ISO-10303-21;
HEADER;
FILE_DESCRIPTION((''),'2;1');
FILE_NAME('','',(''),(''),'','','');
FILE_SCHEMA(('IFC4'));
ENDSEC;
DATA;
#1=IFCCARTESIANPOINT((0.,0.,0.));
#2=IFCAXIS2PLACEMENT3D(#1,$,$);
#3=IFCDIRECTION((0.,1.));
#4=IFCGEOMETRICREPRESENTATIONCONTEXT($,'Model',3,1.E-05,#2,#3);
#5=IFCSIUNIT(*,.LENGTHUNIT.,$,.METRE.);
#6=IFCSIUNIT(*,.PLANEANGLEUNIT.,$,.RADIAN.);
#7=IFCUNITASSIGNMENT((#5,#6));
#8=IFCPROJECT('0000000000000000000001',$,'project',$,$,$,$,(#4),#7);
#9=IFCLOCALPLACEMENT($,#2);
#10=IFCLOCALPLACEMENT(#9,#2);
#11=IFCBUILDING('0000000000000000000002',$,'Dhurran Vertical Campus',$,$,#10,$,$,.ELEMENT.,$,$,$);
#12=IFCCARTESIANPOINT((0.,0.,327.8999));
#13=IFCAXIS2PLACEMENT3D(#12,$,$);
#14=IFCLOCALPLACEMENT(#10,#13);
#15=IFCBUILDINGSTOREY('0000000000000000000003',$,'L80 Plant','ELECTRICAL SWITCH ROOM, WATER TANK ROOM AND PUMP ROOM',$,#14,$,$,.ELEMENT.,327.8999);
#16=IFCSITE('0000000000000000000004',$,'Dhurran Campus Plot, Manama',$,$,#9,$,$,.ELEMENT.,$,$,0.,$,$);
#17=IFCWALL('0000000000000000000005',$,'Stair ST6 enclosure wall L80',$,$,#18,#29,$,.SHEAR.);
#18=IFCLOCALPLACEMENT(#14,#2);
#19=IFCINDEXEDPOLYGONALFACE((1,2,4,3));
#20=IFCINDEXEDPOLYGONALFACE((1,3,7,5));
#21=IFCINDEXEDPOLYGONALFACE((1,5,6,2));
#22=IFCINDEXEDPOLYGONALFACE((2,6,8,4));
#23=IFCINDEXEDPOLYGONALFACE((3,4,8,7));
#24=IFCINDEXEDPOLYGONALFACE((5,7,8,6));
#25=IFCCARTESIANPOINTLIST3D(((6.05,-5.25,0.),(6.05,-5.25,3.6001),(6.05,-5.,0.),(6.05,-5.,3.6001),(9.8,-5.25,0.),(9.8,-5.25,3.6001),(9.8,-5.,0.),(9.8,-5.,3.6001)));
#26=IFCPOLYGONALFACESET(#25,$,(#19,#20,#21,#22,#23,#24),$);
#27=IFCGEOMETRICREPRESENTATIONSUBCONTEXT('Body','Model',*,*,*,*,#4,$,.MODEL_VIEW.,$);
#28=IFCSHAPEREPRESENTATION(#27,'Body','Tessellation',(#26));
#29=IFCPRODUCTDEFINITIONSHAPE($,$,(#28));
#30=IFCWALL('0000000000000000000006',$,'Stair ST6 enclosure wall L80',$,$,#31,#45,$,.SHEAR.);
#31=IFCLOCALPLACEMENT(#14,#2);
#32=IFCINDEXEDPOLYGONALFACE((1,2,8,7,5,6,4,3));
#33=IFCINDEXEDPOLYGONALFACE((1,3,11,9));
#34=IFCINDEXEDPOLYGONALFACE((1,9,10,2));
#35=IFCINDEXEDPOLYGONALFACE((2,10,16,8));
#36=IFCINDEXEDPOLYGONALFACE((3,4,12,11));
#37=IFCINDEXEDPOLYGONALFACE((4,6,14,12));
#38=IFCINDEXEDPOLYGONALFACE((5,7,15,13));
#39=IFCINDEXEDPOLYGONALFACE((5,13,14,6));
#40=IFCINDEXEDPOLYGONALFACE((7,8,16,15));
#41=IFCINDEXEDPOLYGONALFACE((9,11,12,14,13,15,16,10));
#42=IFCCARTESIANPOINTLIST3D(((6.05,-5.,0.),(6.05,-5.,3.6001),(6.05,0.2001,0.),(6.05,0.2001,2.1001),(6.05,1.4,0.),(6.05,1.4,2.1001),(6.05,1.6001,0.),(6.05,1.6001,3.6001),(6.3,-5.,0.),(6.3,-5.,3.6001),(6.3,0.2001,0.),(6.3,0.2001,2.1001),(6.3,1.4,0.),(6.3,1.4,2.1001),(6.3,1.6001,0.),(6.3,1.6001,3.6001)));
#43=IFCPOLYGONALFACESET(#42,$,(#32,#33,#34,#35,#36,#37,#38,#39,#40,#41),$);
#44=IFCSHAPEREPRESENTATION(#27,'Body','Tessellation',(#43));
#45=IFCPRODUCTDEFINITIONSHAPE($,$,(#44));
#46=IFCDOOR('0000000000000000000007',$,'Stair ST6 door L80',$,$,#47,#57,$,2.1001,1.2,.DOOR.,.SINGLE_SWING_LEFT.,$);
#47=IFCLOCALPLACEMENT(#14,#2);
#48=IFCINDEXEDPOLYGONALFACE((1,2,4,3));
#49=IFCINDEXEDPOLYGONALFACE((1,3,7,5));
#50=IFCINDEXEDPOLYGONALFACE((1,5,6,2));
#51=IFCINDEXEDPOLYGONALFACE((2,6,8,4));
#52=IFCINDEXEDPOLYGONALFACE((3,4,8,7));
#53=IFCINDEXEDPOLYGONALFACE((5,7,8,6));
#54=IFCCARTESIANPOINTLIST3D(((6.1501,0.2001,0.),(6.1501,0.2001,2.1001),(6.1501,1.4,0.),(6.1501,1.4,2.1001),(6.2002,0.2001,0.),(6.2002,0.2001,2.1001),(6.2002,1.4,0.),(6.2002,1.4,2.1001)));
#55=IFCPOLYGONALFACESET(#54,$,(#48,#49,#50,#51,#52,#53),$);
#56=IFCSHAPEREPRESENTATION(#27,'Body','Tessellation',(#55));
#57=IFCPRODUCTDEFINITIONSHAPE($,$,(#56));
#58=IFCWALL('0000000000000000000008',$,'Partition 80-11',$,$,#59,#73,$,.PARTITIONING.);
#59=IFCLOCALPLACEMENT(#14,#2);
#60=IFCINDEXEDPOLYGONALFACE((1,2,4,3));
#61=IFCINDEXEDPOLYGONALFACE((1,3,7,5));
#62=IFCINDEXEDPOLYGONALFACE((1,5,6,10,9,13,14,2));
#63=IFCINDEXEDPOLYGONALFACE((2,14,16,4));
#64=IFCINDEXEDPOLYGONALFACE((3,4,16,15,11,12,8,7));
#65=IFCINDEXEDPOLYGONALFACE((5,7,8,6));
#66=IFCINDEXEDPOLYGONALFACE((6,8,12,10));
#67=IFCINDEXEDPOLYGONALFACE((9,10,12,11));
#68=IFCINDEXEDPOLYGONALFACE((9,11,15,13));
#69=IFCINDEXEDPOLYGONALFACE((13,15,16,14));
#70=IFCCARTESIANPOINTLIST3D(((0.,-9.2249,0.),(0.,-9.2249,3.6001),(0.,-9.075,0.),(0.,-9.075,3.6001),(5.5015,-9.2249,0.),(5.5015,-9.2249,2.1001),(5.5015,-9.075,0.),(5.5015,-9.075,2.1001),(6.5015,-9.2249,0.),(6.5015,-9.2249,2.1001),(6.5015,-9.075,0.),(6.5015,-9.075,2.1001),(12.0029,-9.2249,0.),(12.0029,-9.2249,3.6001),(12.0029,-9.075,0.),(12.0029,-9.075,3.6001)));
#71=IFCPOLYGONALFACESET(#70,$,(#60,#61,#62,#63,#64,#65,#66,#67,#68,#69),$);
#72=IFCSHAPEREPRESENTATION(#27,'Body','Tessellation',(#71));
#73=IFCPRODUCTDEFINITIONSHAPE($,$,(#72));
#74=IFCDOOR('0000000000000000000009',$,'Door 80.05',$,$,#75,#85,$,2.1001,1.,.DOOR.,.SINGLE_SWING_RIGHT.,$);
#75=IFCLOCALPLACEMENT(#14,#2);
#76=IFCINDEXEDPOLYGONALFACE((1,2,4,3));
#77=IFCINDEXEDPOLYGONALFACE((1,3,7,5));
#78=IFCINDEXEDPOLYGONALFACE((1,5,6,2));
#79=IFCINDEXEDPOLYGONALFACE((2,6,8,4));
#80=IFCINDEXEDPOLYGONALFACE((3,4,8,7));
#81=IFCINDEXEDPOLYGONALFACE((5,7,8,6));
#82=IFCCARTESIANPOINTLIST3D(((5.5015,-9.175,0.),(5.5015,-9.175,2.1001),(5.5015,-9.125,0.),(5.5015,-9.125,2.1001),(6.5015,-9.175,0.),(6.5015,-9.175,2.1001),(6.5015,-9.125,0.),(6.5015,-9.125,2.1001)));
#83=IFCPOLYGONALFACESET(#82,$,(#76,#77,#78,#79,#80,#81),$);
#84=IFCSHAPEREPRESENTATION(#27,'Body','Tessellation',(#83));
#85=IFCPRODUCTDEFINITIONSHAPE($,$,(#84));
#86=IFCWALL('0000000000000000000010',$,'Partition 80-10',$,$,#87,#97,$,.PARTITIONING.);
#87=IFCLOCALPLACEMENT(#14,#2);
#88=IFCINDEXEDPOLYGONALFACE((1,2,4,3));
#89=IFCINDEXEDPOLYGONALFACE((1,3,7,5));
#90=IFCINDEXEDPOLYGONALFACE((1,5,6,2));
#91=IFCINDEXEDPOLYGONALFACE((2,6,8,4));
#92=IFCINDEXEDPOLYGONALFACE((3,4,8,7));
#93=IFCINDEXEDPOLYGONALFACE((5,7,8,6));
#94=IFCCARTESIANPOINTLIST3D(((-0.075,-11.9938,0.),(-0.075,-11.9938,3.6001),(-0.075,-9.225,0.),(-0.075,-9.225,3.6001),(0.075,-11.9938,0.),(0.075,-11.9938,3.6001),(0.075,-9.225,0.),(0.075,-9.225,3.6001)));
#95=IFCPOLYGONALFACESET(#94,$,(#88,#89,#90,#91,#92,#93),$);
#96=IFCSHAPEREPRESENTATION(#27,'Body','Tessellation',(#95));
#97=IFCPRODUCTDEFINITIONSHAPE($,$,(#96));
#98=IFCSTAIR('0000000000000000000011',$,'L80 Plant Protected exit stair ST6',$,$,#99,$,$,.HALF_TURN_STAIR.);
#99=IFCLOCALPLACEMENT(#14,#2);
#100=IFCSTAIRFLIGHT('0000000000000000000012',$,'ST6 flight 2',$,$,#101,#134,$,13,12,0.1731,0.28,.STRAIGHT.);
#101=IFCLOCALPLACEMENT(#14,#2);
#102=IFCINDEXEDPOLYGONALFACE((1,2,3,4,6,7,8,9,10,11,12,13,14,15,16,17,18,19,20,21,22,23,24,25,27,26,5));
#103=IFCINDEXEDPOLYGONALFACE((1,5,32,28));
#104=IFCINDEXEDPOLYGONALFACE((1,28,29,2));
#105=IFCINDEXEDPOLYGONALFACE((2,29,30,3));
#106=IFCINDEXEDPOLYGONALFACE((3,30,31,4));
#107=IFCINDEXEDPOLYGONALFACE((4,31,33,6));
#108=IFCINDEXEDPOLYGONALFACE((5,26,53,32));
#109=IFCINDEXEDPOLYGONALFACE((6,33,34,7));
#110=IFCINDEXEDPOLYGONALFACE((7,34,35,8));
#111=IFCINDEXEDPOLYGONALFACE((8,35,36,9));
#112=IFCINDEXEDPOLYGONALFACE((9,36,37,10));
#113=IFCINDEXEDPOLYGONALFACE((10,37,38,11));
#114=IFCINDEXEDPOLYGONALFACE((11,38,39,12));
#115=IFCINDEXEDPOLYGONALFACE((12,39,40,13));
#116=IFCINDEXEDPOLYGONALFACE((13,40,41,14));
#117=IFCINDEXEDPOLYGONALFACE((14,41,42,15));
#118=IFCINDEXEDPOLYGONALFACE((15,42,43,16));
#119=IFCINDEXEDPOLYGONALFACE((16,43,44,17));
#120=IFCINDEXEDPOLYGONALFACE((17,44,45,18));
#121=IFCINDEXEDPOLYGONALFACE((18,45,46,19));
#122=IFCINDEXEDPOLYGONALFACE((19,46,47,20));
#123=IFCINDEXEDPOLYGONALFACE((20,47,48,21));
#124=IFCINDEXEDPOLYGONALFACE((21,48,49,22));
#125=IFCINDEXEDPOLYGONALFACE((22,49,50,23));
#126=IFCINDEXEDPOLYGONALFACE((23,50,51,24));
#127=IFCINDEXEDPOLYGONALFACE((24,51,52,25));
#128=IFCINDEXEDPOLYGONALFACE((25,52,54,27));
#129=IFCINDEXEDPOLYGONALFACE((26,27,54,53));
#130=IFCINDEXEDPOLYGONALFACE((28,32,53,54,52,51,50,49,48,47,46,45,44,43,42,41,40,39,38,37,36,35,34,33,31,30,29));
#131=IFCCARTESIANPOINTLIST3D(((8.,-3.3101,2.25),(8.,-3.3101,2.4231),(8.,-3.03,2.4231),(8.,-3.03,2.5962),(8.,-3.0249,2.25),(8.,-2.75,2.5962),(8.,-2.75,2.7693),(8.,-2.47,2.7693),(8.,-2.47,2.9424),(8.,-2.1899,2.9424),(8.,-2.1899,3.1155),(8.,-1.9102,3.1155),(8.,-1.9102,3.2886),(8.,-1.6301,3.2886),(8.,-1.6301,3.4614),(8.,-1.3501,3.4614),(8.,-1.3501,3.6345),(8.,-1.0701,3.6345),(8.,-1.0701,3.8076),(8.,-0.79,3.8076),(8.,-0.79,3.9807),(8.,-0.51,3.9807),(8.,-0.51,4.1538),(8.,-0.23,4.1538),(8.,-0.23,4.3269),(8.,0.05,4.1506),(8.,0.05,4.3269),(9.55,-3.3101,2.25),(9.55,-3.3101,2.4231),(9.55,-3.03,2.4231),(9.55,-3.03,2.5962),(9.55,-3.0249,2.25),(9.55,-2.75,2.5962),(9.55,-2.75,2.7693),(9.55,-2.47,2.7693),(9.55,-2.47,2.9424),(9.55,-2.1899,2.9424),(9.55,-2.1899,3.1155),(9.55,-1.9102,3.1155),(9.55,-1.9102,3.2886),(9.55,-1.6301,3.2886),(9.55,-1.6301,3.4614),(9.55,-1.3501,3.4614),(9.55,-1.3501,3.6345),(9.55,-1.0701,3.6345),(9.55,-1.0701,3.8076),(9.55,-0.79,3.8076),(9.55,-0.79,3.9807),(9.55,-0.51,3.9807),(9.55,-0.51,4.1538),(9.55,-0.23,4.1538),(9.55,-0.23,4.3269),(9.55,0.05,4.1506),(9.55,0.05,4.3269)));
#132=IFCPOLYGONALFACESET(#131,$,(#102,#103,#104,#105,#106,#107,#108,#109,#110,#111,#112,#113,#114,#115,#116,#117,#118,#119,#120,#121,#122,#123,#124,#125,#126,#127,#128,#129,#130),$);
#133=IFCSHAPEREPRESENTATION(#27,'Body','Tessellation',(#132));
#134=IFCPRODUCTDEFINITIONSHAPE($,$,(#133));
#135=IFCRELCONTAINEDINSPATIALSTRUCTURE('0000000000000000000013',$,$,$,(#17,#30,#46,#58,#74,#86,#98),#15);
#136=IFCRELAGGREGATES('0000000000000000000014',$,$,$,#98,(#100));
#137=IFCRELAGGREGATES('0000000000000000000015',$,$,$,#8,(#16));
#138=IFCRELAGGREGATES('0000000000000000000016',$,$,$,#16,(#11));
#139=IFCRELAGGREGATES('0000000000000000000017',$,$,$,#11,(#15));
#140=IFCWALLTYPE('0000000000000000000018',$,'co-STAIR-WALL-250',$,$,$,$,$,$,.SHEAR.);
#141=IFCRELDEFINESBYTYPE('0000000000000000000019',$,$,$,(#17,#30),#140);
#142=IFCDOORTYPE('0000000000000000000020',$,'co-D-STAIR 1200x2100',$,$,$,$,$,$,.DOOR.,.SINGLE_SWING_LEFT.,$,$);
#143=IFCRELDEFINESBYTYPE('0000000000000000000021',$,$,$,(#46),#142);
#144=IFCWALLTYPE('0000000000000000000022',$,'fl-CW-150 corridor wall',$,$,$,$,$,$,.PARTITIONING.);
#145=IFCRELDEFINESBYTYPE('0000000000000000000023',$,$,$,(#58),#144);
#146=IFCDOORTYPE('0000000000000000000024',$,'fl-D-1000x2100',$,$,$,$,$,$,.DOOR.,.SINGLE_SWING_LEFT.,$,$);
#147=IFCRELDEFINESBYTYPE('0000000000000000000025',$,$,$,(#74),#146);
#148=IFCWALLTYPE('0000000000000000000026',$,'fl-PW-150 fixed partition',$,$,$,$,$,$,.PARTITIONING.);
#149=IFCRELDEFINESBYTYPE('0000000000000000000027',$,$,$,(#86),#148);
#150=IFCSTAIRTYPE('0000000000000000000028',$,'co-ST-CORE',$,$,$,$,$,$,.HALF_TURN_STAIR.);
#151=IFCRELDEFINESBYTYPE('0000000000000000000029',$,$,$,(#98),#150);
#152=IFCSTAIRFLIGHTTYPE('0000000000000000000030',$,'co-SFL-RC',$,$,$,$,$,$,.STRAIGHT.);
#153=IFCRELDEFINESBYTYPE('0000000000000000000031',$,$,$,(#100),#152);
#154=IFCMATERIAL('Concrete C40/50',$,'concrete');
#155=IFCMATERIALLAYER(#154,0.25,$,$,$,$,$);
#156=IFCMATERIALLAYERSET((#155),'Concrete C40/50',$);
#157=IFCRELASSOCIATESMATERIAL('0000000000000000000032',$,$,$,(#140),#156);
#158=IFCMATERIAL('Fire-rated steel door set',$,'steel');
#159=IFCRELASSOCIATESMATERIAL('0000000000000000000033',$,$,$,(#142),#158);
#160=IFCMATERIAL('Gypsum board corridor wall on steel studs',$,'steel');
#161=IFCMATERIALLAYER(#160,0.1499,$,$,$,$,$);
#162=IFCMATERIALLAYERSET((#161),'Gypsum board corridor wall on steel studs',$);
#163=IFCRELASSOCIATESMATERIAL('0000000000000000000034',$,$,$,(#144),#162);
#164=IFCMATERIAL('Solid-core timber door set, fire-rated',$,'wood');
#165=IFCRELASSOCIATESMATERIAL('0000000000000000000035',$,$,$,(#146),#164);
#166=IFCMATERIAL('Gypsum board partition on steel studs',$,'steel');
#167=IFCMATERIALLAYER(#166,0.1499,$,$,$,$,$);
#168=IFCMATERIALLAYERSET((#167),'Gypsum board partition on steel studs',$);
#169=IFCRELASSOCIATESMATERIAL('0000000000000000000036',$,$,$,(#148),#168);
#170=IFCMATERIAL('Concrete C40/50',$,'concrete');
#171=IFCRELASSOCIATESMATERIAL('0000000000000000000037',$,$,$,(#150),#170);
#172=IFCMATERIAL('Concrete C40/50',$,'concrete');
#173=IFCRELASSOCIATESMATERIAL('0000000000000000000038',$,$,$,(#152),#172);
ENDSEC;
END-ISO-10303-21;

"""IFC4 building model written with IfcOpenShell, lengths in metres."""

from ifc_helpers import new_model, si_unit, direction, frame, frame_2d, origin, place, context, subcontext, project, spatial, polyline, rectangle, outline, extrude, material, layer, layer_set, type_object, element, fill, aggregate, save


model = new_model("IFC4")

# Units and contexts
model_context = context("Model", 3, precision=1e-05, world=origin(), true_north=direction((0.0, 1.0)))
body_context = subcontext(model_context, "Body", "Model", "MODEL_VIEW")
ifc_project = project(units=[si_unit("LENGTHUNIT", "METRE"), si_unit("PLANEANGLEUNIT", "RADIAN")], contexts=[model_context])

# Site, building, storey
site_placement = place(None, origin())
site = spatial("IfcSite", under=ifc_project, at=site_placement, Name="Dhurran Campus Plot, Manama", CompositionType="ELEMENT", RefElevation=0.0)
building_placement = place(site_placement, origin())
building = spatial("IfcBuilding", under=site, at=building_placement, Name="Dhurran Vertical Campus", CompositionType="ELEMENT")
storey_placement = place(building_placement, frame((0.0, 0.0, 327.8999)))
storey = spatial("IfcBuildingStorey", under=building, at=storey_placement, Name="L80 Plant", Description="ELECTRICAL SWITCH ROOM, WATER TANK ROOM AND PUMP ROOM", CompositionType="ELEMENT", Elevation=327.8999)

# Wall
ifc_material_1 = material(Name="Concrete C40/50", Category="concrete")
ifc_layer_1 = layer(ifc_material_1, 0.25)
ifc_layer_set_1 = layer_set([ifc_layer_1], Name="Concrete C40/50")
wall_type_1 = type_object("IfcWallType", Name="co-STAIR-WALL-250", PredefinedType="SHEAR", material=ifc_layer_set_1)
wall_1_placement = place(storey_placement, frame((6.05, -5.125, 0.0), z_axis=(0.0, 0.0, 1.0), x_axis=(1.0, 0.0, 0.0)))
element("IfcWall", 1, at=wall_1_placement, inside=storey, type_object=wall_type_1, Name="Stair ST6 enclosure wall L80", PredefinedType="SHEAR", context=body_context, shape_type="SweptSolid", body=[
    extrude(rectangle(XDim=3.75, YDim=0.25, at=frame_2d((1.875, 0.0))), origin(), (0.0, 0.0, 1.0), 3.6001),
])

# Walls, openings, doors
wall_2_placement = place(storey_placement, frame((6.175, -5.0, 0.0), z_axis=(0.0, 0.0, 1.0), x_axis=(0.0, 1.0, 0.0)))
wall_2 = element("IfcWall", 2, at=wall_2_placement, inside=storey, type_object=wall_type_1, Name="Stair ST6 enclosure wall L80", PredefinedType="SHEAR", context=body_context, shape_type="SweptSolid", body=[
    extrude(rectangle(XDim=6.6001, YDim=0.25, at=frame_2d((3.3, 0.0))), origin(), (0.0, 0.0, 1.0), 3.6001),
])
opening_1_placement = place(wall_2_placement, frame((5.2, 0.0, 0.0)))
opening_1 = element("IfcOpeningElement", 3, at=opening_1_placement, cuts=wall_2, PredefinedType="OPENING", context=body_context, shape_type="SweptSolid", body=[
    extrude(rectangle(XDim=1.2, YDim=2.1001, at=frame_2d((0.6001, 1.05))), frame((0.0, 0.135, 0.0), z_axis=(0.0, -1.0, 0.0), x_axis=(1.0, 0.0, 0.0)), (0.0, 0.0, 1.0), 0.27),
])
ifc_material_2 = material(Name="Fire-rated steel door set", Category="steel")
door_type_1 = type_object("IfcDoorType", Name="co-D-STAIR 1200x2100", OperationType="SINGLE_SWING_LEFT", PredefinedType="DOOR", material=ifc_material_2)
door_1_placement = place(opening_1_placement, origin())
door_1 = element("IfcDoor", 4, at=door_1_placement, inside=storey, type_object=door_type_1, Name="Stair ST6 door L80", OperationType="SINGLE_SWING_LEFT", OverallHeight=2.1001, OverallWidth=1.2, PredefinedType="DOOR", context=body_context, shape_type="SweptSolid", body=[
    extrude(rectangle(XDim=1.2, YDim=2.1001, at=frame_2d((0.6001, 1.05))), frame((0.0, 0.0249, 0.0), z_axis=(0.0, -1.0, 0.0), x_axis=(1.0, 0.0, 0.0)), (0.0, 0.0, 1.0), 0.05),
])
fill(opening_1, door_1)
ifc_material_3 = material(Name="Gypsum board corridor wall on steel studs", Category="steel")
ifc_layer_2 = layer(ifc_material_3, 0.1499)
ifc_layer_set_2 = layer_set([ifc_layer_2], Name="Gypsum board corridor wall on steel studs")
wall_type_2 = type_object("IfcWallType", Name="fl-CW-150 corridor wall", PredefinedType="PARTITIONING", material=ifc_layer_set_2)
wall_3_placement = place(storey_placement, frame((0.0, -9.1499, 0.0), z_axis=(0.0, 0.0, 1.0), x_axis=(1.0, 0.0, 0.0)))
wall_3 = element("IfcWall", 5, at=wall_3_placement, inside=storey, type_object=wall_type_2, Name="Partition 80-11", PredefinedType="PARTITIONING", context=body_context, shape_type="SweptSolid", body=[
    extrude(rectangle(XDim=12.0029, YDim=0.1499, at=frame_2d((6.0015, 0.0))), origin(), (0.0, 0.0, 1.0), 3.6001),
])
opening_2_placement = place(wall_3_placement, frame((5.5015, 0.0, 0.0)))
opening_2 = element("IfcOpeningElement", 6, at=opening_2_placement, cuts=wall_3, PredefinedType="OPENING", context=body_context, shape_type="SweptSolid", body=[
    extrude(rectangle(XDim=1.0, YDim=2.1001, at=frame_2d((0.5, 1.05))), frame((0.0, 0.085, 0.0), z_axis=(0.0, -1.0, 0.0), x_axis=(1.0, 0.0, 0.0)), (0.0, 0.0, 1.0), 0.1699),
])
ifc_material_4 = material(Name="Solid-core timber door set, fire-rated", Category="wood")
door_type_2 = type_object("IfcDoorType", Name="fl-D-1000x2100", OperationType="SINGLE_SWING_LEFT", PredefinedType="DOOR", material=ifc_material_4)
door_2_placement = place(opening_2_placement, origin())
door_2 = element("IfcDoor", 7, at=door_2_placement, inside=storey, type_object=door_type_2, Name="Door 80.05", OperationType="SINGLE_SWING_RIGHT", OverallHeight=2.1001, OverallWidth=1.0, PredefinedType="DOOR", context=body_context, shape_type="SweptSolid", body=[
    extrude(rectangle(XDim=1.0, YDim=2.1001, at=frame_2d((0.5, 1.05))), frame((0.0, 0.0249, 0.0), z_axis=(0.0, -1.0, 0.0), x_axis=(1.0, 0.0, 0.0)), (0.0, 0.0, 1.0), 0.05),
])
fill(opening_2, door_2)

# Wall
ifc_material_5 = material(Name="Gypsum board partition on steel studs", Category="steel")
ifc_layer_3 = layer(ifc_material_5, 0.1499)
ifc_layer_set_3 = layer_set([ifc_layer_3], Name="Gypsum board partition on steel studs")
wall_type_3 = type_object("IfcWallType", Name="fl-PW-150 fixed partition", PredefinedType="PARTITIONING", material=ifc_layer_set_3)
wall_4_placement = place(storey_placement, frame((0.0, -9.2251, 0.0), z_axis=(0.0, 0.0, 1.0), x_axis=(0.0, -1.0, 0.0)))
element("IfcWall", 8, at=wall_4_placement, inside=storey, type_object=wall_type_3, Name="Partition 80-10", PredefinedType="PARTITIONING", context=body_context, shape_type="SweptSolid", body=[
    extrude(rectangle(XDim=2.7688, YDim=0.1499, at=frame_2d((1.3843, 0.0))), origin(), (0.0, 0.0, 1.0), 3.6001),
])

# Stair, stair flight
ifc_material_6 = material(Name="Concrete C40/50", Category="concrete")
stair_type = type_object("IfcStairType", Name="co-ST-CORE", PredefinedType="HALF_TURN_STAIR", material=ifc_material_6)
stair_placement = place(storey_placement, origin())
stair = element("IfcStair", 9, at=stair_placement, inside=storey, type_object=stair_type, Name="L80 Plant Protected exit stair ST6", PredefinedType="HALF_TURN_STAIR")
ifc_material_7 = material(Name="Concrete C40/50", Category="concrete")
stair_flight_type = type_object("IfcStairFlightType", Name="co-SFL-RC", PredefinedType="STRAIGHT", material=ifc_material_7)
stair_flight_placement = place(storey_placement, frame((8.7749, -3.3101, 2.25), z_axis=(0.0, 0.0, 1.0), x_axis=(0.0, 1.0, 0.0)))
stair_flight = element("IfcStairFlight", 10, at=stair_flight_placement, type_object=stair_flight_type, Name="ST6 flight 2", NumberOfRisers=13, NumberOfTreads=12, PredefinedType="STRAIGHT", RiserHeight=0.1731, TreadLength=0.28, context=body_context, shape_type="SweptSolid", body=[
    extrude(outline(polyline([(0.0, 0.0), (0.0, 0.1731), (0.28, 0.1731), (0.28, 0.3462), (0.5601, 0.3462), (0.5601, 0.5193), (0.8401, 0.5193), (0.8401, 0.6924), (1.1201, 0.6924), (1.1201, 0.8655), (1.3999, 0.8655), (1.3999, 1.0386), (1.6799, 1.0386), (1.6799, 1.2114), (1.96, 1.2114), (1.96, 1.3845), (2.24, 1.3845), (2.24, 1.5576), (2.52, 1.5576), (2.52, 1.7307), (2.8, 1.7307), (2.8, 1.9038), (3.0801, 1.9038), (3.0801, 2.0769), (3.3601, 2.0769), (3.3601, 2.25), (3.3601, 1.9006), (0.2852, 0.0), (0.0, 0.0)])), frame((0.0, 0.7749, 0.0), z_axis=(0.0, -1.0, 0.0), x_axis=(1.0, 0.0, 0.0)), (0.0, 0.0, 1.0), 1.55),
])
aggregate(stair, [stair_flight])

save(model, "model.ifc")
